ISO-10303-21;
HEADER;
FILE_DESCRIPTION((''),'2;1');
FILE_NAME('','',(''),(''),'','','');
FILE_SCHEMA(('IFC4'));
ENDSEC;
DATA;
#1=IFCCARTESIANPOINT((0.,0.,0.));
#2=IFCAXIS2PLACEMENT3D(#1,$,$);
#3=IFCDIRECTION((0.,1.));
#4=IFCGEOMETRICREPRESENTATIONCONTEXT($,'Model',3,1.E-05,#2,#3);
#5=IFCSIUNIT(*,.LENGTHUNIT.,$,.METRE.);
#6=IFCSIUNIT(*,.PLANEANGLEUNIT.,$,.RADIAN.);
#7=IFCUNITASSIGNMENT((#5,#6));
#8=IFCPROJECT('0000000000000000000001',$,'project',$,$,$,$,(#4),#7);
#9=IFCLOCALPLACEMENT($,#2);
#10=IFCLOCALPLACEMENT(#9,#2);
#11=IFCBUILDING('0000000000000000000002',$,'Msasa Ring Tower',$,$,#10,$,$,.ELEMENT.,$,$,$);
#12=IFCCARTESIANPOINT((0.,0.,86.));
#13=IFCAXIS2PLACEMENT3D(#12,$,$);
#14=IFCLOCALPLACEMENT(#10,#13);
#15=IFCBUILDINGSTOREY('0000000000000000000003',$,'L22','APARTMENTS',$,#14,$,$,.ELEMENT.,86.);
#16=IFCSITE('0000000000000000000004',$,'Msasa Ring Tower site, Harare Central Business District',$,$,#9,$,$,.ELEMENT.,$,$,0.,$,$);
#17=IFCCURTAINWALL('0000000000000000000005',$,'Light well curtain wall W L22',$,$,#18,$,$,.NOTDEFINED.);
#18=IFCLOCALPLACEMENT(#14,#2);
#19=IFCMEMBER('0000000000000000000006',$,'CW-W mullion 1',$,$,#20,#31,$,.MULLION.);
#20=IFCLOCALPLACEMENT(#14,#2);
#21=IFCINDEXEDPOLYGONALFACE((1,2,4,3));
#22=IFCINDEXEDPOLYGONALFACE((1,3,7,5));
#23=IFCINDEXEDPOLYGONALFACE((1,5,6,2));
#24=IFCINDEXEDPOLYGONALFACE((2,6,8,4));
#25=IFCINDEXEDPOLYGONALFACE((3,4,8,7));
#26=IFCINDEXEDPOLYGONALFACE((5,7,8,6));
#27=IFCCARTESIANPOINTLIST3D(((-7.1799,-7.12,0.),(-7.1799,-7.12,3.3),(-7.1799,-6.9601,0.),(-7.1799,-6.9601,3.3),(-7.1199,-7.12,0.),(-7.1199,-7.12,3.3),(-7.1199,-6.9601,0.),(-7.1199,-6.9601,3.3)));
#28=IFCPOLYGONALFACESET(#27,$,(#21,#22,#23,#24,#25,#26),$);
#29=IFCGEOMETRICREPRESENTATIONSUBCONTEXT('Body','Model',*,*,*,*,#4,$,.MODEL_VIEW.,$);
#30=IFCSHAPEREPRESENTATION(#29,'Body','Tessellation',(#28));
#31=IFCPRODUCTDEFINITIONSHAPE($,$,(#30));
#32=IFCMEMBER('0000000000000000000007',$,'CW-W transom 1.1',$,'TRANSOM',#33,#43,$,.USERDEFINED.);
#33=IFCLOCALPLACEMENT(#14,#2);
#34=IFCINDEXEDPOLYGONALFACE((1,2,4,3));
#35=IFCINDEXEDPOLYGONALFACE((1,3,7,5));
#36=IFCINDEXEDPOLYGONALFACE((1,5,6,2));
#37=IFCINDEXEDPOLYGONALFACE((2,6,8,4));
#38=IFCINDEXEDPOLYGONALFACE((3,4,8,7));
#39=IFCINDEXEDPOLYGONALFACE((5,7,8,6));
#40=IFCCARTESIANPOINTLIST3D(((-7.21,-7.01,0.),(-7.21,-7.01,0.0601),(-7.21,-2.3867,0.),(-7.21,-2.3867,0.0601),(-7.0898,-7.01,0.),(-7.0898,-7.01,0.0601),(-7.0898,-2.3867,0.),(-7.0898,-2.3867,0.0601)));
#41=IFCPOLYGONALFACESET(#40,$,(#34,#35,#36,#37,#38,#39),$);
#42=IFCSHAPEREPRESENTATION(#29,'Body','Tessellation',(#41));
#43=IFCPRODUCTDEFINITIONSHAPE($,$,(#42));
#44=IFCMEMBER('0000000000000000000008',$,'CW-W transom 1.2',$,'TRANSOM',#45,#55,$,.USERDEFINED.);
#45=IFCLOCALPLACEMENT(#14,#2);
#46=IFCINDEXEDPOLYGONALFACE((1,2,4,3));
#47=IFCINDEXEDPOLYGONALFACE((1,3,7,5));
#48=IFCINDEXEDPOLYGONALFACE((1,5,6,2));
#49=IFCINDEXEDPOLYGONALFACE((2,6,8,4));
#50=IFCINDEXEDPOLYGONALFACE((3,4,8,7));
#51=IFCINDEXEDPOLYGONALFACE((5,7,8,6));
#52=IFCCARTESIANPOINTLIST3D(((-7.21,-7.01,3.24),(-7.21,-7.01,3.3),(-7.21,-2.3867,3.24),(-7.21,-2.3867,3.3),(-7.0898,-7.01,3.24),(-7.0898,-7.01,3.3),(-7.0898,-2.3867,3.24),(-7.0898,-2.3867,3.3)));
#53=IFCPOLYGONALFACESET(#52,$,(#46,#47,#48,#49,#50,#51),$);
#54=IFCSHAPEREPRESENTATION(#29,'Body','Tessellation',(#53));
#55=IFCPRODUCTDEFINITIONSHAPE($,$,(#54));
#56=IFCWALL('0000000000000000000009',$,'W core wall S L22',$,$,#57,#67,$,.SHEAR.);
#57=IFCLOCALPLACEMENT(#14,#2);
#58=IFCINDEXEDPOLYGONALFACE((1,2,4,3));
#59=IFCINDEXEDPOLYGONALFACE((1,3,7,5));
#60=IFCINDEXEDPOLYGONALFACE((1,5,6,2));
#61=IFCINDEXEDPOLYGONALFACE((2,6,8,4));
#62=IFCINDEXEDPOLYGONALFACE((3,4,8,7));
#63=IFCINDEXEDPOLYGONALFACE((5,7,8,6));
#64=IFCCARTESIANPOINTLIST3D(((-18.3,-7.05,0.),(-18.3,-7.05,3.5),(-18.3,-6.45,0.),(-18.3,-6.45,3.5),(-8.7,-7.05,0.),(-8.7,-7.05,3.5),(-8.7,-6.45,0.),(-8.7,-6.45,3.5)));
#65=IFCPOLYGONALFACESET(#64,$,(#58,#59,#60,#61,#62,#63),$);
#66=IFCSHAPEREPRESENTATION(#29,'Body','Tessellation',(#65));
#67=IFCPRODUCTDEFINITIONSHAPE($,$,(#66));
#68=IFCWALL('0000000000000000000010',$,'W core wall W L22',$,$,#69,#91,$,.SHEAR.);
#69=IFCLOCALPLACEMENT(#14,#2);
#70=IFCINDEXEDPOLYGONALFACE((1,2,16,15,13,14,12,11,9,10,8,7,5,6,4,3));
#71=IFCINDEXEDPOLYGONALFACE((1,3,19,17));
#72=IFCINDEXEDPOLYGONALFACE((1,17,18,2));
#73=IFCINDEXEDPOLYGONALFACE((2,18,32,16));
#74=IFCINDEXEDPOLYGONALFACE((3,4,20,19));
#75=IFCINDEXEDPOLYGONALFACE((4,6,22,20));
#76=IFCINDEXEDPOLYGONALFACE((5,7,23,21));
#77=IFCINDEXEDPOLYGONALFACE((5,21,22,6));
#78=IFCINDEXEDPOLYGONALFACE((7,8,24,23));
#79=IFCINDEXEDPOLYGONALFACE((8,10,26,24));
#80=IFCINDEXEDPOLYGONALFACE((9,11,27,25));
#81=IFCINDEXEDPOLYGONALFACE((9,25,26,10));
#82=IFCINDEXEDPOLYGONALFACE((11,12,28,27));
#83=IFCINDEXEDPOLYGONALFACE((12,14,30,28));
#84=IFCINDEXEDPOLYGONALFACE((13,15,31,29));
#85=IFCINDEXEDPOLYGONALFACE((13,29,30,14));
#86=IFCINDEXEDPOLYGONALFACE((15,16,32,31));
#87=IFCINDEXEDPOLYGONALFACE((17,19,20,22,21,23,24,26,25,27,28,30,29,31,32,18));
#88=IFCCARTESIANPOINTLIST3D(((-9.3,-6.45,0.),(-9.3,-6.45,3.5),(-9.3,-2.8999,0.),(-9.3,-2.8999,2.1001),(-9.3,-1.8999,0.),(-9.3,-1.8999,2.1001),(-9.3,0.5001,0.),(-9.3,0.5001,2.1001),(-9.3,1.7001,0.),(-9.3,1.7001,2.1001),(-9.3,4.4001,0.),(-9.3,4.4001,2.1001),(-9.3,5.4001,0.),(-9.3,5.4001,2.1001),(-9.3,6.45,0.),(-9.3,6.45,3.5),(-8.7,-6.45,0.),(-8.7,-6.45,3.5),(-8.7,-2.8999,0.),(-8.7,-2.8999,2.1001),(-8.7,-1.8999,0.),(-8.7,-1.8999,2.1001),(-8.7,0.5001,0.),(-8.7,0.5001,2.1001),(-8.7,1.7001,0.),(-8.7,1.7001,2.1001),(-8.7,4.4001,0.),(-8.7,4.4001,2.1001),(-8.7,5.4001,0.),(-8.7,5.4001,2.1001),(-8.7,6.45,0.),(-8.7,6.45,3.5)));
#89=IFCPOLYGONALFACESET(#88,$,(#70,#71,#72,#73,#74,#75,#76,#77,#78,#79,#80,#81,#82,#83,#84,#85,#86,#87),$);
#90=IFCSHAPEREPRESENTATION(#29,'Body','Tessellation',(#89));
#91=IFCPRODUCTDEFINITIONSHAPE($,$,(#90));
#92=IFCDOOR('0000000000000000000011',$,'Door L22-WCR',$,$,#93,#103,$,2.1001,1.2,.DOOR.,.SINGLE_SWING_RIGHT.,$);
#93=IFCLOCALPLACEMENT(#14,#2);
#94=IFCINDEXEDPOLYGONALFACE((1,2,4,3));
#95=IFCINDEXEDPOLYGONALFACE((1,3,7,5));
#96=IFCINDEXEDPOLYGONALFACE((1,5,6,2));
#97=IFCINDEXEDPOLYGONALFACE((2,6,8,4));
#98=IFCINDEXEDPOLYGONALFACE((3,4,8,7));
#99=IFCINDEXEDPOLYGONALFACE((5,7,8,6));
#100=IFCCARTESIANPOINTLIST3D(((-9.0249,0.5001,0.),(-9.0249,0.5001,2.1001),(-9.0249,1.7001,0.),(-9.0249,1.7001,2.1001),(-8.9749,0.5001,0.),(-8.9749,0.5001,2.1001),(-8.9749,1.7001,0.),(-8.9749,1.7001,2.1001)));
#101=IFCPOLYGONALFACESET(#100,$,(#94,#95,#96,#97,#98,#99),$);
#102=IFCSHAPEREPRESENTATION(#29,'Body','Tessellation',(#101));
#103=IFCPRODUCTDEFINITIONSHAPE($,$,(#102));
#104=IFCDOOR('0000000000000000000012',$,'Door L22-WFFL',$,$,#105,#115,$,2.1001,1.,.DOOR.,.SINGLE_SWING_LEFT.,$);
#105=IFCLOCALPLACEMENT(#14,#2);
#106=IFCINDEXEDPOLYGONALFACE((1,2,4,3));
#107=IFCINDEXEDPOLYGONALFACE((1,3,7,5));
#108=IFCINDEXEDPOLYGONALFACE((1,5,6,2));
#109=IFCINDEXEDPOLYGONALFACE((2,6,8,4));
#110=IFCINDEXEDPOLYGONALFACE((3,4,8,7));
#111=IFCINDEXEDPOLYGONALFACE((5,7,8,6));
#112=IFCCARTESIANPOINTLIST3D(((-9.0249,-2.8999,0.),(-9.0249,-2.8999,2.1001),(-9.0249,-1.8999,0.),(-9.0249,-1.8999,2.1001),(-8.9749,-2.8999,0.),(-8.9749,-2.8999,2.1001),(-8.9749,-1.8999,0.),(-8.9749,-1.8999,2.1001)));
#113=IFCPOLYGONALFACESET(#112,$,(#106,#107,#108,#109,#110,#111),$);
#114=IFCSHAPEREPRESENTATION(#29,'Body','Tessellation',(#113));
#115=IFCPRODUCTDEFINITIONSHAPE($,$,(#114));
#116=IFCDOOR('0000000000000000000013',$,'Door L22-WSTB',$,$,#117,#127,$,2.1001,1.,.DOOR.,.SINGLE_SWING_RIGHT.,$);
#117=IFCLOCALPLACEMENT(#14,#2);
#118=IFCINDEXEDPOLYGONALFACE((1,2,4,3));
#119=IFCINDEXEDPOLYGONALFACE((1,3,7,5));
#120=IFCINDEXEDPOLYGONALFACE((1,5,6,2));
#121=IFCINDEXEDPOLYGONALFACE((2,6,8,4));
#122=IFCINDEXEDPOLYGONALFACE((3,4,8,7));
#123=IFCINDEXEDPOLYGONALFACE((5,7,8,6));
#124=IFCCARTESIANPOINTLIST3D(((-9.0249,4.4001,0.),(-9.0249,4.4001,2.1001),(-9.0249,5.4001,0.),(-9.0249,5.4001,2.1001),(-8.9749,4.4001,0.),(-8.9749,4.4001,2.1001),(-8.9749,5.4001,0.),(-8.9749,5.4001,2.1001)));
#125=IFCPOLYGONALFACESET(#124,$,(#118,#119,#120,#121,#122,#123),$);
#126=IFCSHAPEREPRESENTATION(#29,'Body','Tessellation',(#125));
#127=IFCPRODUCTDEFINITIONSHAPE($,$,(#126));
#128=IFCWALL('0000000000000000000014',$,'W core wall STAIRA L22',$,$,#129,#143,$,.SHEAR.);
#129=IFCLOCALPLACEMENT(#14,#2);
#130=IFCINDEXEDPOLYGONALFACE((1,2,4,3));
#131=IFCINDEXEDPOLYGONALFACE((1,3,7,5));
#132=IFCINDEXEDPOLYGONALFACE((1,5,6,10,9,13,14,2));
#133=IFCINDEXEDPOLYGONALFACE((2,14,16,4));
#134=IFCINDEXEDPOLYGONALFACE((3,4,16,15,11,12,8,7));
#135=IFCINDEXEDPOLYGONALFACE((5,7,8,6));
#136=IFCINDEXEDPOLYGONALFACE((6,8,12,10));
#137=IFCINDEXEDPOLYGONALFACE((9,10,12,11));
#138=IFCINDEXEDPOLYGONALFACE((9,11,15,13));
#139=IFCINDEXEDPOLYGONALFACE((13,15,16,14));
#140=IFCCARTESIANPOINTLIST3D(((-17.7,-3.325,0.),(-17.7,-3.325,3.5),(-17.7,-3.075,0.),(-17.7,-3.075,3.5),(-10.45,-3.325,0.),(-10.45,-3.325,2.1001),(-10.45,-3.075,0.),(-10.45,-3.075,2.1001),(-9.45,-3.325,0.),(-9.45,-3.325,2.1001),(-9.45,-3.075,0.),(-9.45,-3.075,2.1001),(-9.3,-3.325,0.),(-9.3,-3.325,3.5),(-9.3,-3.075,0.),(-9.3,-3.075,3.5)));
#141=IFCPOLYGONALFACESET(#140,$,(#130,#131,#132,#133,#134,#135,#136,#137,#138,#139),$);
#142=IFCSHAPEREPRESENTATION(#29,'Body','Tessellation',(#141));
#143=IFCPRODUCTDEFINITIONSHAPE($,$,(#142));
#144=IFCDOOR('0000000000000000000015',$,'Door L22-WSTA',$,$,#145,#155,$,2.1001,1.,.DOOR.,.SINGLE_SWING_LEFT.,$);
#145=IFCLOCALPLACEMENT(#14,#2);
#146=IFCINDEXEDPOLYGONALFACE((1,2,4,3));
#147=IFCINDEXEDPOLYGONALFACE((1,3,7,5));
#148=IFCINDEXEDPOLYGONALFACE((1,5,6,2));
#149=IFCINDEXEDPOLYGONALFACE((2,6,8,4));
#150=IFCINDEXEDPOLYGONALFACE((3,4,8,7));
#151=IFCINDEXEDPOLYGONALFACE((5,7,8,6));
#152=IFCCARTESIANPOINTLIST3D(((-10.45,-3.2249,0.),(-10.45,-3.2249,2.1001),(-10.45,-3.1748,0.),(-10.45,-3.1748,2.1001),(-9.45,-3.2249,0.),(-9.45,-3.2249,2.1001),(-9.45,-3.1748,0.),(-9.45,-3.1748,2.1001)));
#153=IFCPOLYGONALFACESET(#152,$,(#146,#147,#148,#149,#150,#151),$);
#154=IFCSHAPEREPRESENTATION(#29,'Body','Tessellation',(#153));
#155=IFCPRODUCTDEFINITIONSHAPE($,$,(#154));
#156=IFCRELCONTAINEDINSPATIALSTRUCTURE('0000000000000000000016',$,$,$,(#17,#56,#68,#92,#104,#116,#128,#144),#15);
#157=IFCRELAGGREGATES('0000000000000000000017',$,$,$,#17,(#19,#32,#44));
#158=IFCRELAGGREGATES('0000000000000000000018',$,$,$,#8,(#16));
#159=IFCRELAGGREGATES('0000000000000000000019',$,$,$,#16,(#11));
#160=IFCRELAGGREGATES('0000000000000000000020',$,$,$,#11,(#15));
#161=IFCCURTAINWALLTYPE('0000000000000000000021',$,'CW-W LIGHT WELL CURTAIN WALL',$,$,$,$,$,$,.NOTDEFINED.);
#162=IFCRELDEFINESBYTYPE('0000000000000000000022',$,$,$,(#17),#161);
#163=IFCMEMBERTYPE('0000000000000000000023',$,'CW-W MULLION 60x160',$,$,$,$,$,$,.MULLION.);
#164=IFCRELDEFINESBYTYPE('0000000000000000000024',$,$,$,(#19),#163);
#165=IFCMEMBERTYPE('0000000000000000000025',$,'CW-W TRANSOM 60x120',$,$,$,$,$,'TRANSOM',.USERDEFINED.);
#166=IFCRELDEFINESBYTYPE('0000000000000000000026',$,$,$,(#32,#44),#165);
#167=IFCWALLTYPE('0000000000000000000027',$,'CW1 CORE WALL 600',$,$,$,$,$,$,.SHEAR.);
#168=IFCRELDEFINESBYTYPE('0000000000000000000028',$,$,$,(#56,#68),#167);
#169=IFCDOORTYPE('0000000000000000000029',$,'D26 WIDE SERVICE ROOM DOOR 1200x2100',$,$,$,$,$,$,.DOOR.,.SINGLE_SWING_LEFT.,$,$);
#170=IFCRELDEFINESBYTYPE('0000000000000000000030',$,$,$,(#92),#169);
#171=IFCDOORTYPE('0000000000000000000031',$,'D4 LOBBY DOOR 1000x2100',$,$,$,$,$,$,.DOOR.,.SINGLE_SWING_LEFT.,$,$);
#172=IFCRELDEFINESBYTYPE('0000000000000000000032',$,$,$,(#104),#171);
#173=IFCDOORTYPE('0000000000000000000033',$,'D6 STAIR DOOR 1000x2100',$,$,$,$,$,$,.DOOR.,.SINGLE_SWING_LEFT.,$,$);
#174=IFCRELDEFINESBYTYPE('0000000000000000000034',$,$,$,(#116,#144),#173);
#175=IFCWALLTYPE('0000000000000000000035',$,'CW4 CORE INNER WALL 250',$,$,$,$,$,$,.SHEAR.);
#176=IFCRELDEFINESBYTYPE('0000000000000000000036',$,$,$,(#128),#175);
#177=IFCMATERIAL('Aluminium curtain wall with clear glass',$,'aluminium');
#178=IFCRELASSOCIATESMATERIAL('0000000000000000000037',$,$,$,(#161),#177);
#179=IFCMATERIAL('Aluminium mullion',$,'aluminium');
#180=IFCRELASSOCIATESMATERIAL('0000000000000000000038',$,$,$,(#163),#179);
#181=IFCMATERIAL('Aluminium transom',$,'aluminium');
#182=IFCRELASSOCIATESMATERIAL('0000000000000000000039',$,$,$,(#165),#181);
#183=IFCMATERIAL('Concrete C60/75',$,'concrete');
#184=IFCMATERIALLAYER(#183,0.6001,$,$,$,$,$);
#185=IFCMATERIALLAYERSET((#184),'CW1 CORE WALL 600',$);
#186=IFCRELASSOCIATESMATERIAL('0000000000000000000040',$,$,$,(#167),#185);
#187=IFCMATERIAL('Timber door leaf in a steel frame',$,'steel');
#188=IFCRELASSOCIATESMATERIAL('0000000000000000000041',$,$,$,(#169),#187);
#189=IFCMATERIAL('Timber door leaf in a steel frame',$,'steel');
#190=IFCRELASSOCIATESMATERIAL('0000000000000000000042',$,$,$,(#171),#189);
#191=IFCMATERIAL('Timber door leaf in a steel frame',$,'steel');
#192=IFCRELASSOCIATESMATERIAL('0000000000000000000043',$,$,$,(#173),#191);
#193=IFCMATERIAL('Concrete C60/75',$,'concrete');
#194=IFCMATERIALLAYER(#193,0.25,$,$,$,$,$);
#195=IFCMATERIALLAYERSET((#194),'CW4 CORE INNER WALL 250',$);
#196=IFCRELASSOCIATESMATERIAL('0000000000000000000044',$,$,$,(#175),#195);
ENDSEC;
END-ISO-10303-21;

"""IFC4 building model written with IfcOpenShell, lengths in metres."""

from ifc_helpers import new_model, si_unit, direction, frame, frame_2d, origin, origin_2d, place, context, subcontext, project, spatial, rectangle, extrude, material, layer, layer_set, material_profile, profile_set, type_object, element, fill, aggregate, save


model = new_model("IFC4")

# Units and contexts
model_context = context("Model", 3, precision=1e-05, world=origin(), true_north=direction((0.0, 1.0)))
body_context = subcontext(model_context, "Body", "Model", "MODEL_VIEW")
ifc_project = project(units=[si_unit("LENGTHUNIT", "METRE"), si_unit("PLANEANGLEUNIT", "RADIAN")], contexts=[model_context])

# Site, building, storey
site_placement = place(None, origin())
site = spatial("IfcSite", under=ifc_project, at=site_placement, Name="Msasa Ring Tower site, Harare Central Business District", CompositionType="ELEMENT", RefElevation=0.0)
building_placement = place(site_placement, origin())
building = spatial("IfcBuilding", under=site, at=building_placement, Name="Msasa Ring Tower", CompositionType="ELEMENT")
storey_placement = place(building_placement, frame((0.0, 0.0, 86.0)))
storey = spatial("IfcBuildingStorey", under=building, at=storey_placement, Name="L22", Description="APARTMENTS", CompositionType="ELEMENT", Elevation=86.0)

# Curtain wall, members
ifc_material_1 = material(Name="Aluminium curtain wall with clear glass", Category="aluminium")
curtain_wall_type = type_object("IfcCurtainWallType", Name="CW-W LIGHT WELL CURTAIN WALL", PredefinedType="NOTDEFINED", material=ifc_material_1)
curtain_wall_placement = place(storey_placement, origin())
curtain_wall = element("IfcCurtainWall", 1, at=curtain_wall_placement, inside=storey, type_object=curtain_wall_type, Name="Light well curtain wall W L22", PredefinedType="NOTDEFINED")
ifc_material_2 = material(Name="Aluminium mullion", Category="aluminium")
ifc_material_profile_1 = material_profile(ifc_material_2, rectangle(XDim=0.0601, YDim=0.1599, at=origin_2d()), Name="AL 60x160")
ifc_profile_set_1 = profile_set([ifc_material_profile_1], Name="Aluminium mullion")
member_type_1 = type_object("IfcMemberType", Name="CW-W MULLION 60x160", PredefinedType="MULLION", material=ifc_profile_set_1)
member_1_placement = place(storey_placement, frame((-7.1499, -7.04, 0.0), z_axis=(0.0, 0.0, 1.0), x_axis=(-1.0, 0.0, 0.0)))
member_1 = element("IfcMember", 2, at=member_1_placement, type_object=member_type_1, Name="CW-W mullion 1", PredefinedType="MULLION", context=body_context, shape_type="SweptSolid", body=[
    extrude(rectangle(XDim=0.0601, YDim=0.1599, at=origin_2d()), origin(), (0.0, 0.0, 1.0), 3.3),
])
ifc_material_3 = material(Name="Aluminium transom", Category="aluminium")
ifc_material_profile_2 = material_profile(ifc_material_3, rectangle(XDim=0.1201, YDim=0.0601, at=origin_2d()), Name="AL 60x120")
ifc_profile_set_2 = profile_set([ifc_material_profile_2], Name="Aluminium transom")
member_type_2 = type_object("IfcMemberType", Name="CW-W TRANSOM 60x120", ElementType="TRANSOM", PredefinedType="USERDEFINED", material=ifc_profile_set_2)
member_2_placement = place(storey_placement, frame((-7.1499, -7.01, 0.03), z_axis=(0.0, 1.0, 0.0), x_axis=(-1.0, 0.0, 0.0)))
member_2 = element("IfcMember", 3, at=member_2_placement, type_object=member_type_2, Name="CW-W transom 1.1", ObjectType="TRANSOM", PredefinedType="USERDEFINED", context=body_context, shape_type="SweptSolid", body=[
    extrude(rectangle(XDim=0.1201, YDim=0.0601, at=origin_2d()), origin(), (0.0, 0.0, 1.0), 4.6233),
])
member_3_placement = place(storey_placement, frame((-7.1499, -7.01, 3.27), z_axis=(0.0, 1.0, 0.0), x_axis=(-1.0, 0.0, 0.0)))
member_3 = element("IfcMember", 4, at=member_3_placement, type_object=member_type_2, Name="CW-W transom 1.2", ObjectType="TRANSOM", PredefinedType="USERDEFINED", context=body_context, shape_type="SweptSolid", body=[
    extrude(rectangle(XDim=0.1201, YDim=0.0601, at=origin_2d()), origin(), (0.0, 0.0, 1.0), 4.6233),
])
aggregate(curtain_wall, [member_1, member_2, member_3])

# Wall
ifc_material_4 = material(Name="Concrete C60/75", Category="concrete")
ifc_layer_1 = layer(ifc_material_4, 0.6001)
ifc_layer_set_1 = layer_set([ifc_layer_1], Name="CW1 CORE WALL 600")
wall_type_1 = type_object("IfcWallType", Name="CW1 CORE WALL 600", PredefinedType="SHEAR", material=ifc_layer_set_1)
wall_1_placement = place(storey_placement, frame((-8.7, -6.75, 0.0), z_axis=(0.0, 0.0, 1.0), x_axis=(-1.0, 0.0, 0.0)))
element("IfcWall", 5, at=wall_1_placement, inside=storey, type_object=wall_type_1, Name="W core wall S L22", PredefinedType="SHEAR", context=body_context, shape_type="SweptSolid", body=[
    extrude(rectangle(XDim=9.6001, YDim=0.6001, at=frame_2d((4.8, 0.0))), origin(), (0.0, 0.0, 1.0), 3.5),
])

# Wall, openings, doors
wall_2_placement = place(storey_placement, frame((-9.0, -6.45, 0.0), z_axis=(0.0, 0.0, 1.0), x_axis=(0.0, 1.0, 0.0)))
wall_2 = element("IfcWall", 6, at=wall_2_placement, inside=storey, type_object=wall_type_1, Name="W core wall W L22", PredefinedType="SHEAR", context=body_context, shape_type="SweptSolid", body=[
    extrude(rectangle(XDim=12.8999, YDim=0.6001, at=frame_2d((6.45, 0.0))), origin(), (0.0, 0.0, 1.0), 3.5),
])
opening_1_placement = place(wall_2_placement, frame((3.55, 0.0, 0.0)))
opening_1 = element("IfcOpeningElement", 7, at=opening_1_placement, cuts=wall_2, PredefinedType="OPENING", context=body_context, shape_type="SweptSolid", body=[
    extrude(rectangle(XDim=1.0, YDim=2.1001, at=frame_2d((0.5, 1.05))), frame((0.0, 0.3101, 0.0), z_axis=(0.0, -1.0, 0.0), x_axis=(1.0, 0.0, 0.0)), (0.0, 0.0, 1.0), 0.6201),
])
opening_2_placement = place(wall_2_placement, frame((6.95, 0.0, 0.0)))
opening_2 = element("IfcOpeningElement", 8, at=opening_2_placement, cuts=wall_2, PredefinedType="OPENING", context=body_context, shape_type="SweptSolid", body=[
    extrude(rectangle(XDim=1.2, YDim=2.1001, at=frame_2d((0.6001, 1.05))), frame((0.0, 0.3101, 0.0), z_axis=(0.0, -1.0, 0.0), x_axis=(1.0, 0.0, 0.0)), (0.0, 0.0, 1.0), 0.6201),
])
opening_3_placement = place(wall_2_placement, frame((10.8501, 0.0, 0.0)))
opening_3 = element("IfcOpeningElement", 9, at=opening_3_placement, cuts=wall_2, PredefinedType="OPENING", context=body_context, shape_type="SweptSolid", body=[
    extrude(rectangle(XDim=1.0, YDim=2.1001, at=frame_2d((0.5, 1.05))), frame((0.0, 0.3101, 0.0), z_axis=(0.0, -1.0, 0.0), x_axis=(1.0, 0.0, 0.0)), (0.0, 0.0, 1.0), 0.6201),
])
ifc_material_5 = material(Name="Timber door leaf in a steel frame", Category="steel")
door_type_1 = type_object("IfcDoorType", Name="D26 WIDE SERVICE ROOM DOOR 1200x2100", OperationType="SINGLE_SWING_LEFT", PredefinedType="DOOR", material=ifc_material_5)
door_1_placement = place(opening_2_placement, origin())
door_1 = element("IfcDoor", 10, at=door_1_placement, inside=storey, type_object=door_type_1, Name="Door L22-WCR", OperationType="SINGLE_SWING_RIGHT", OverallHeight=2.1001, OverallWidth=1.2, PredefinedType="DOOR", context=body_context, shape_type="SweptSolid", body=[
    extrude(rectangle(XDim=1.2, YDim=2.1001, at=frame_2d((0.6001, 1.05))), frame((0.0, 0.0249, 0.0), z_axis=(0.0, -1.0, 0.0), x_axis=(1.0, 0.0, 0.0)), (0.0, 0.0, 1.0), 0.05),
])
fill(opening_2, door_1)
ifc_material_6 = material(Name="Timber door leaf in a steel frame", Category="steel")
door_type_2 = type_object("IfcDoorType", Name="D4 LOBBY DOOR 1000x2100", OperationType="SINGLE_SWING_LEFT", PredefinedType="DOOR", material=ifc_material_6)
door_2_placement = place(opening_1_placement, origin())
door_2 = element("IfcDoor", 11, at=door_2_placement, inside=storey, type_object=door_type_2, Name="Door L22-WFFL", OperationType="SINGLE_SWING_LEFT", OverallHeight=2.1001, OverallWidth=1.0, PredefinedType="DOOR", context=body_context, shape_type="SweptSolid", body=[
    extrude(rectangle(XDim=1.0, YDim=2.1001, at=frame_2d((0.5, 1.05))), frame((0.0, 0.0249, 0.0), z_axis=(0.0, -1.0, 0.0), x_axis=(1.0, 0.0, 0.0)), (0.0, 0.0, 1.0), 0.05),
])
fill(opening_1, door_2)
ifc_material_7 = material(Name="Timber door leaf in a steel frame", Category="steel")
door_type_3 = type_object("IfcDoorType", Name="D6 STAIR DOOR 1000x2100", OperationType="SINGLE_SWING_LEFT", PredefinedType="DOOR", material=ifc_material_7)
door_3_placement = place(opening_3_placement, origin())
door_3 = element("IfcDoor", 12, at=door_3_placement, inside=storey, type_object=door_type_3, Name="Door L22-WSTB", OperationType="SINGLE_SWING_RIGHT", OverallHeight=2.1001, OverallWidth=1.0, PredefinedType="DOOR", context=body_context, shape_type="SweptSolid", body=[
    extrude(rectangle(XDim=1.0, YDim=2.1001, at=frame_2d((0.5, 1.05))), frame((0.0, 0.0249, 0.0), z_axis=(0.0, -1.0, 0.0), x_axis=(1.0, 0.0, 0.0)), (0.0, 0.0, 1.0), 0.05),
])
fill(opening_3, door_3)

# Wall, opening, door
ifc_material_8 = material(Name="Concrete C60/75", Category="concrete")
ifc_layer_2 = layer(ifc_material_8, 0.25)
ifc_layer_set_2 = layer_set([ifc_layer_2], Name="CW4 CORE INNER WALL 250")
wall_type_2 = type_object("IfcWallType", Name="CW4 CORE INNER WALL 250", PredefinedType="SHEAR", material=ifc_layer_set_2)
wall_3_placement = place(storey_placement, frame((-9.3, -3.2, 0.0), z_axis=(0.0, 0.0, 1.0), x_axis=(-1.0, 0.0, 0.0)))
wall_3 = element("IfcWall", 13, at=wall_3_placement, inside=storey, type_object=wall_type_2, Name="W core wall STAIRA L22", PredefinedType="SHEAR", context=body_context, shape_type="SweptSolid", body=[
    extrude(rectangle(XDim=8.3999, YDim=0.25, at=frame_2d((4.2, 0.0))), origin(), (0.0, 0.0, 1.0), 3.5),
])
opening_4_placement = place(wall_3_placement, frame((0.1499, 0.0, 0.0)))
opening_4 = element("IfcOpeningElement", 14, at=opening_4_placement, cuts=wall_3, PredefinedType="OPENING", context=body_context, shape_type="SweptSolid", body=[
    extrude(rectangle(XDim=1.0, YDim=2.1001, at=frame_2d((0.5, 1.05))), frame((0.0, 0.135, 0.0), z_axis=(0.0, -1.0, 0.0), x_axis=(1.0, 0.0, 0.0)), (0.0, 0.0, 1.0), 0.27),
])
door_4_placement = place(opening_4_placement, origin())
door_4 = element("IfcDoor", 15, at=door_4_placement, inside=storey, type_object=door_type_3, Name="Door L22-WSTA", OperationType="SINGLE_SWING_LEFT", OverallHeight=2.1001, OverallWidth=1.0, PredefinedType="DOOR", context=body_context, shape_type="SweptSolid", body=[
    extrude(rectangle(XDim=1.0, YDim=2.1001, at=frame_2d((0.5, 1.05))), frame((0.0, 0.0249, 0.0), z_axis=(0.0, -1.0, 0.0), x_axis=(1.0, 0.0, 0.0)), (0.0, 0.0, 1.0), 0.05),
])
fill(opening_4, door_4)

save(model, "model.ifc")
